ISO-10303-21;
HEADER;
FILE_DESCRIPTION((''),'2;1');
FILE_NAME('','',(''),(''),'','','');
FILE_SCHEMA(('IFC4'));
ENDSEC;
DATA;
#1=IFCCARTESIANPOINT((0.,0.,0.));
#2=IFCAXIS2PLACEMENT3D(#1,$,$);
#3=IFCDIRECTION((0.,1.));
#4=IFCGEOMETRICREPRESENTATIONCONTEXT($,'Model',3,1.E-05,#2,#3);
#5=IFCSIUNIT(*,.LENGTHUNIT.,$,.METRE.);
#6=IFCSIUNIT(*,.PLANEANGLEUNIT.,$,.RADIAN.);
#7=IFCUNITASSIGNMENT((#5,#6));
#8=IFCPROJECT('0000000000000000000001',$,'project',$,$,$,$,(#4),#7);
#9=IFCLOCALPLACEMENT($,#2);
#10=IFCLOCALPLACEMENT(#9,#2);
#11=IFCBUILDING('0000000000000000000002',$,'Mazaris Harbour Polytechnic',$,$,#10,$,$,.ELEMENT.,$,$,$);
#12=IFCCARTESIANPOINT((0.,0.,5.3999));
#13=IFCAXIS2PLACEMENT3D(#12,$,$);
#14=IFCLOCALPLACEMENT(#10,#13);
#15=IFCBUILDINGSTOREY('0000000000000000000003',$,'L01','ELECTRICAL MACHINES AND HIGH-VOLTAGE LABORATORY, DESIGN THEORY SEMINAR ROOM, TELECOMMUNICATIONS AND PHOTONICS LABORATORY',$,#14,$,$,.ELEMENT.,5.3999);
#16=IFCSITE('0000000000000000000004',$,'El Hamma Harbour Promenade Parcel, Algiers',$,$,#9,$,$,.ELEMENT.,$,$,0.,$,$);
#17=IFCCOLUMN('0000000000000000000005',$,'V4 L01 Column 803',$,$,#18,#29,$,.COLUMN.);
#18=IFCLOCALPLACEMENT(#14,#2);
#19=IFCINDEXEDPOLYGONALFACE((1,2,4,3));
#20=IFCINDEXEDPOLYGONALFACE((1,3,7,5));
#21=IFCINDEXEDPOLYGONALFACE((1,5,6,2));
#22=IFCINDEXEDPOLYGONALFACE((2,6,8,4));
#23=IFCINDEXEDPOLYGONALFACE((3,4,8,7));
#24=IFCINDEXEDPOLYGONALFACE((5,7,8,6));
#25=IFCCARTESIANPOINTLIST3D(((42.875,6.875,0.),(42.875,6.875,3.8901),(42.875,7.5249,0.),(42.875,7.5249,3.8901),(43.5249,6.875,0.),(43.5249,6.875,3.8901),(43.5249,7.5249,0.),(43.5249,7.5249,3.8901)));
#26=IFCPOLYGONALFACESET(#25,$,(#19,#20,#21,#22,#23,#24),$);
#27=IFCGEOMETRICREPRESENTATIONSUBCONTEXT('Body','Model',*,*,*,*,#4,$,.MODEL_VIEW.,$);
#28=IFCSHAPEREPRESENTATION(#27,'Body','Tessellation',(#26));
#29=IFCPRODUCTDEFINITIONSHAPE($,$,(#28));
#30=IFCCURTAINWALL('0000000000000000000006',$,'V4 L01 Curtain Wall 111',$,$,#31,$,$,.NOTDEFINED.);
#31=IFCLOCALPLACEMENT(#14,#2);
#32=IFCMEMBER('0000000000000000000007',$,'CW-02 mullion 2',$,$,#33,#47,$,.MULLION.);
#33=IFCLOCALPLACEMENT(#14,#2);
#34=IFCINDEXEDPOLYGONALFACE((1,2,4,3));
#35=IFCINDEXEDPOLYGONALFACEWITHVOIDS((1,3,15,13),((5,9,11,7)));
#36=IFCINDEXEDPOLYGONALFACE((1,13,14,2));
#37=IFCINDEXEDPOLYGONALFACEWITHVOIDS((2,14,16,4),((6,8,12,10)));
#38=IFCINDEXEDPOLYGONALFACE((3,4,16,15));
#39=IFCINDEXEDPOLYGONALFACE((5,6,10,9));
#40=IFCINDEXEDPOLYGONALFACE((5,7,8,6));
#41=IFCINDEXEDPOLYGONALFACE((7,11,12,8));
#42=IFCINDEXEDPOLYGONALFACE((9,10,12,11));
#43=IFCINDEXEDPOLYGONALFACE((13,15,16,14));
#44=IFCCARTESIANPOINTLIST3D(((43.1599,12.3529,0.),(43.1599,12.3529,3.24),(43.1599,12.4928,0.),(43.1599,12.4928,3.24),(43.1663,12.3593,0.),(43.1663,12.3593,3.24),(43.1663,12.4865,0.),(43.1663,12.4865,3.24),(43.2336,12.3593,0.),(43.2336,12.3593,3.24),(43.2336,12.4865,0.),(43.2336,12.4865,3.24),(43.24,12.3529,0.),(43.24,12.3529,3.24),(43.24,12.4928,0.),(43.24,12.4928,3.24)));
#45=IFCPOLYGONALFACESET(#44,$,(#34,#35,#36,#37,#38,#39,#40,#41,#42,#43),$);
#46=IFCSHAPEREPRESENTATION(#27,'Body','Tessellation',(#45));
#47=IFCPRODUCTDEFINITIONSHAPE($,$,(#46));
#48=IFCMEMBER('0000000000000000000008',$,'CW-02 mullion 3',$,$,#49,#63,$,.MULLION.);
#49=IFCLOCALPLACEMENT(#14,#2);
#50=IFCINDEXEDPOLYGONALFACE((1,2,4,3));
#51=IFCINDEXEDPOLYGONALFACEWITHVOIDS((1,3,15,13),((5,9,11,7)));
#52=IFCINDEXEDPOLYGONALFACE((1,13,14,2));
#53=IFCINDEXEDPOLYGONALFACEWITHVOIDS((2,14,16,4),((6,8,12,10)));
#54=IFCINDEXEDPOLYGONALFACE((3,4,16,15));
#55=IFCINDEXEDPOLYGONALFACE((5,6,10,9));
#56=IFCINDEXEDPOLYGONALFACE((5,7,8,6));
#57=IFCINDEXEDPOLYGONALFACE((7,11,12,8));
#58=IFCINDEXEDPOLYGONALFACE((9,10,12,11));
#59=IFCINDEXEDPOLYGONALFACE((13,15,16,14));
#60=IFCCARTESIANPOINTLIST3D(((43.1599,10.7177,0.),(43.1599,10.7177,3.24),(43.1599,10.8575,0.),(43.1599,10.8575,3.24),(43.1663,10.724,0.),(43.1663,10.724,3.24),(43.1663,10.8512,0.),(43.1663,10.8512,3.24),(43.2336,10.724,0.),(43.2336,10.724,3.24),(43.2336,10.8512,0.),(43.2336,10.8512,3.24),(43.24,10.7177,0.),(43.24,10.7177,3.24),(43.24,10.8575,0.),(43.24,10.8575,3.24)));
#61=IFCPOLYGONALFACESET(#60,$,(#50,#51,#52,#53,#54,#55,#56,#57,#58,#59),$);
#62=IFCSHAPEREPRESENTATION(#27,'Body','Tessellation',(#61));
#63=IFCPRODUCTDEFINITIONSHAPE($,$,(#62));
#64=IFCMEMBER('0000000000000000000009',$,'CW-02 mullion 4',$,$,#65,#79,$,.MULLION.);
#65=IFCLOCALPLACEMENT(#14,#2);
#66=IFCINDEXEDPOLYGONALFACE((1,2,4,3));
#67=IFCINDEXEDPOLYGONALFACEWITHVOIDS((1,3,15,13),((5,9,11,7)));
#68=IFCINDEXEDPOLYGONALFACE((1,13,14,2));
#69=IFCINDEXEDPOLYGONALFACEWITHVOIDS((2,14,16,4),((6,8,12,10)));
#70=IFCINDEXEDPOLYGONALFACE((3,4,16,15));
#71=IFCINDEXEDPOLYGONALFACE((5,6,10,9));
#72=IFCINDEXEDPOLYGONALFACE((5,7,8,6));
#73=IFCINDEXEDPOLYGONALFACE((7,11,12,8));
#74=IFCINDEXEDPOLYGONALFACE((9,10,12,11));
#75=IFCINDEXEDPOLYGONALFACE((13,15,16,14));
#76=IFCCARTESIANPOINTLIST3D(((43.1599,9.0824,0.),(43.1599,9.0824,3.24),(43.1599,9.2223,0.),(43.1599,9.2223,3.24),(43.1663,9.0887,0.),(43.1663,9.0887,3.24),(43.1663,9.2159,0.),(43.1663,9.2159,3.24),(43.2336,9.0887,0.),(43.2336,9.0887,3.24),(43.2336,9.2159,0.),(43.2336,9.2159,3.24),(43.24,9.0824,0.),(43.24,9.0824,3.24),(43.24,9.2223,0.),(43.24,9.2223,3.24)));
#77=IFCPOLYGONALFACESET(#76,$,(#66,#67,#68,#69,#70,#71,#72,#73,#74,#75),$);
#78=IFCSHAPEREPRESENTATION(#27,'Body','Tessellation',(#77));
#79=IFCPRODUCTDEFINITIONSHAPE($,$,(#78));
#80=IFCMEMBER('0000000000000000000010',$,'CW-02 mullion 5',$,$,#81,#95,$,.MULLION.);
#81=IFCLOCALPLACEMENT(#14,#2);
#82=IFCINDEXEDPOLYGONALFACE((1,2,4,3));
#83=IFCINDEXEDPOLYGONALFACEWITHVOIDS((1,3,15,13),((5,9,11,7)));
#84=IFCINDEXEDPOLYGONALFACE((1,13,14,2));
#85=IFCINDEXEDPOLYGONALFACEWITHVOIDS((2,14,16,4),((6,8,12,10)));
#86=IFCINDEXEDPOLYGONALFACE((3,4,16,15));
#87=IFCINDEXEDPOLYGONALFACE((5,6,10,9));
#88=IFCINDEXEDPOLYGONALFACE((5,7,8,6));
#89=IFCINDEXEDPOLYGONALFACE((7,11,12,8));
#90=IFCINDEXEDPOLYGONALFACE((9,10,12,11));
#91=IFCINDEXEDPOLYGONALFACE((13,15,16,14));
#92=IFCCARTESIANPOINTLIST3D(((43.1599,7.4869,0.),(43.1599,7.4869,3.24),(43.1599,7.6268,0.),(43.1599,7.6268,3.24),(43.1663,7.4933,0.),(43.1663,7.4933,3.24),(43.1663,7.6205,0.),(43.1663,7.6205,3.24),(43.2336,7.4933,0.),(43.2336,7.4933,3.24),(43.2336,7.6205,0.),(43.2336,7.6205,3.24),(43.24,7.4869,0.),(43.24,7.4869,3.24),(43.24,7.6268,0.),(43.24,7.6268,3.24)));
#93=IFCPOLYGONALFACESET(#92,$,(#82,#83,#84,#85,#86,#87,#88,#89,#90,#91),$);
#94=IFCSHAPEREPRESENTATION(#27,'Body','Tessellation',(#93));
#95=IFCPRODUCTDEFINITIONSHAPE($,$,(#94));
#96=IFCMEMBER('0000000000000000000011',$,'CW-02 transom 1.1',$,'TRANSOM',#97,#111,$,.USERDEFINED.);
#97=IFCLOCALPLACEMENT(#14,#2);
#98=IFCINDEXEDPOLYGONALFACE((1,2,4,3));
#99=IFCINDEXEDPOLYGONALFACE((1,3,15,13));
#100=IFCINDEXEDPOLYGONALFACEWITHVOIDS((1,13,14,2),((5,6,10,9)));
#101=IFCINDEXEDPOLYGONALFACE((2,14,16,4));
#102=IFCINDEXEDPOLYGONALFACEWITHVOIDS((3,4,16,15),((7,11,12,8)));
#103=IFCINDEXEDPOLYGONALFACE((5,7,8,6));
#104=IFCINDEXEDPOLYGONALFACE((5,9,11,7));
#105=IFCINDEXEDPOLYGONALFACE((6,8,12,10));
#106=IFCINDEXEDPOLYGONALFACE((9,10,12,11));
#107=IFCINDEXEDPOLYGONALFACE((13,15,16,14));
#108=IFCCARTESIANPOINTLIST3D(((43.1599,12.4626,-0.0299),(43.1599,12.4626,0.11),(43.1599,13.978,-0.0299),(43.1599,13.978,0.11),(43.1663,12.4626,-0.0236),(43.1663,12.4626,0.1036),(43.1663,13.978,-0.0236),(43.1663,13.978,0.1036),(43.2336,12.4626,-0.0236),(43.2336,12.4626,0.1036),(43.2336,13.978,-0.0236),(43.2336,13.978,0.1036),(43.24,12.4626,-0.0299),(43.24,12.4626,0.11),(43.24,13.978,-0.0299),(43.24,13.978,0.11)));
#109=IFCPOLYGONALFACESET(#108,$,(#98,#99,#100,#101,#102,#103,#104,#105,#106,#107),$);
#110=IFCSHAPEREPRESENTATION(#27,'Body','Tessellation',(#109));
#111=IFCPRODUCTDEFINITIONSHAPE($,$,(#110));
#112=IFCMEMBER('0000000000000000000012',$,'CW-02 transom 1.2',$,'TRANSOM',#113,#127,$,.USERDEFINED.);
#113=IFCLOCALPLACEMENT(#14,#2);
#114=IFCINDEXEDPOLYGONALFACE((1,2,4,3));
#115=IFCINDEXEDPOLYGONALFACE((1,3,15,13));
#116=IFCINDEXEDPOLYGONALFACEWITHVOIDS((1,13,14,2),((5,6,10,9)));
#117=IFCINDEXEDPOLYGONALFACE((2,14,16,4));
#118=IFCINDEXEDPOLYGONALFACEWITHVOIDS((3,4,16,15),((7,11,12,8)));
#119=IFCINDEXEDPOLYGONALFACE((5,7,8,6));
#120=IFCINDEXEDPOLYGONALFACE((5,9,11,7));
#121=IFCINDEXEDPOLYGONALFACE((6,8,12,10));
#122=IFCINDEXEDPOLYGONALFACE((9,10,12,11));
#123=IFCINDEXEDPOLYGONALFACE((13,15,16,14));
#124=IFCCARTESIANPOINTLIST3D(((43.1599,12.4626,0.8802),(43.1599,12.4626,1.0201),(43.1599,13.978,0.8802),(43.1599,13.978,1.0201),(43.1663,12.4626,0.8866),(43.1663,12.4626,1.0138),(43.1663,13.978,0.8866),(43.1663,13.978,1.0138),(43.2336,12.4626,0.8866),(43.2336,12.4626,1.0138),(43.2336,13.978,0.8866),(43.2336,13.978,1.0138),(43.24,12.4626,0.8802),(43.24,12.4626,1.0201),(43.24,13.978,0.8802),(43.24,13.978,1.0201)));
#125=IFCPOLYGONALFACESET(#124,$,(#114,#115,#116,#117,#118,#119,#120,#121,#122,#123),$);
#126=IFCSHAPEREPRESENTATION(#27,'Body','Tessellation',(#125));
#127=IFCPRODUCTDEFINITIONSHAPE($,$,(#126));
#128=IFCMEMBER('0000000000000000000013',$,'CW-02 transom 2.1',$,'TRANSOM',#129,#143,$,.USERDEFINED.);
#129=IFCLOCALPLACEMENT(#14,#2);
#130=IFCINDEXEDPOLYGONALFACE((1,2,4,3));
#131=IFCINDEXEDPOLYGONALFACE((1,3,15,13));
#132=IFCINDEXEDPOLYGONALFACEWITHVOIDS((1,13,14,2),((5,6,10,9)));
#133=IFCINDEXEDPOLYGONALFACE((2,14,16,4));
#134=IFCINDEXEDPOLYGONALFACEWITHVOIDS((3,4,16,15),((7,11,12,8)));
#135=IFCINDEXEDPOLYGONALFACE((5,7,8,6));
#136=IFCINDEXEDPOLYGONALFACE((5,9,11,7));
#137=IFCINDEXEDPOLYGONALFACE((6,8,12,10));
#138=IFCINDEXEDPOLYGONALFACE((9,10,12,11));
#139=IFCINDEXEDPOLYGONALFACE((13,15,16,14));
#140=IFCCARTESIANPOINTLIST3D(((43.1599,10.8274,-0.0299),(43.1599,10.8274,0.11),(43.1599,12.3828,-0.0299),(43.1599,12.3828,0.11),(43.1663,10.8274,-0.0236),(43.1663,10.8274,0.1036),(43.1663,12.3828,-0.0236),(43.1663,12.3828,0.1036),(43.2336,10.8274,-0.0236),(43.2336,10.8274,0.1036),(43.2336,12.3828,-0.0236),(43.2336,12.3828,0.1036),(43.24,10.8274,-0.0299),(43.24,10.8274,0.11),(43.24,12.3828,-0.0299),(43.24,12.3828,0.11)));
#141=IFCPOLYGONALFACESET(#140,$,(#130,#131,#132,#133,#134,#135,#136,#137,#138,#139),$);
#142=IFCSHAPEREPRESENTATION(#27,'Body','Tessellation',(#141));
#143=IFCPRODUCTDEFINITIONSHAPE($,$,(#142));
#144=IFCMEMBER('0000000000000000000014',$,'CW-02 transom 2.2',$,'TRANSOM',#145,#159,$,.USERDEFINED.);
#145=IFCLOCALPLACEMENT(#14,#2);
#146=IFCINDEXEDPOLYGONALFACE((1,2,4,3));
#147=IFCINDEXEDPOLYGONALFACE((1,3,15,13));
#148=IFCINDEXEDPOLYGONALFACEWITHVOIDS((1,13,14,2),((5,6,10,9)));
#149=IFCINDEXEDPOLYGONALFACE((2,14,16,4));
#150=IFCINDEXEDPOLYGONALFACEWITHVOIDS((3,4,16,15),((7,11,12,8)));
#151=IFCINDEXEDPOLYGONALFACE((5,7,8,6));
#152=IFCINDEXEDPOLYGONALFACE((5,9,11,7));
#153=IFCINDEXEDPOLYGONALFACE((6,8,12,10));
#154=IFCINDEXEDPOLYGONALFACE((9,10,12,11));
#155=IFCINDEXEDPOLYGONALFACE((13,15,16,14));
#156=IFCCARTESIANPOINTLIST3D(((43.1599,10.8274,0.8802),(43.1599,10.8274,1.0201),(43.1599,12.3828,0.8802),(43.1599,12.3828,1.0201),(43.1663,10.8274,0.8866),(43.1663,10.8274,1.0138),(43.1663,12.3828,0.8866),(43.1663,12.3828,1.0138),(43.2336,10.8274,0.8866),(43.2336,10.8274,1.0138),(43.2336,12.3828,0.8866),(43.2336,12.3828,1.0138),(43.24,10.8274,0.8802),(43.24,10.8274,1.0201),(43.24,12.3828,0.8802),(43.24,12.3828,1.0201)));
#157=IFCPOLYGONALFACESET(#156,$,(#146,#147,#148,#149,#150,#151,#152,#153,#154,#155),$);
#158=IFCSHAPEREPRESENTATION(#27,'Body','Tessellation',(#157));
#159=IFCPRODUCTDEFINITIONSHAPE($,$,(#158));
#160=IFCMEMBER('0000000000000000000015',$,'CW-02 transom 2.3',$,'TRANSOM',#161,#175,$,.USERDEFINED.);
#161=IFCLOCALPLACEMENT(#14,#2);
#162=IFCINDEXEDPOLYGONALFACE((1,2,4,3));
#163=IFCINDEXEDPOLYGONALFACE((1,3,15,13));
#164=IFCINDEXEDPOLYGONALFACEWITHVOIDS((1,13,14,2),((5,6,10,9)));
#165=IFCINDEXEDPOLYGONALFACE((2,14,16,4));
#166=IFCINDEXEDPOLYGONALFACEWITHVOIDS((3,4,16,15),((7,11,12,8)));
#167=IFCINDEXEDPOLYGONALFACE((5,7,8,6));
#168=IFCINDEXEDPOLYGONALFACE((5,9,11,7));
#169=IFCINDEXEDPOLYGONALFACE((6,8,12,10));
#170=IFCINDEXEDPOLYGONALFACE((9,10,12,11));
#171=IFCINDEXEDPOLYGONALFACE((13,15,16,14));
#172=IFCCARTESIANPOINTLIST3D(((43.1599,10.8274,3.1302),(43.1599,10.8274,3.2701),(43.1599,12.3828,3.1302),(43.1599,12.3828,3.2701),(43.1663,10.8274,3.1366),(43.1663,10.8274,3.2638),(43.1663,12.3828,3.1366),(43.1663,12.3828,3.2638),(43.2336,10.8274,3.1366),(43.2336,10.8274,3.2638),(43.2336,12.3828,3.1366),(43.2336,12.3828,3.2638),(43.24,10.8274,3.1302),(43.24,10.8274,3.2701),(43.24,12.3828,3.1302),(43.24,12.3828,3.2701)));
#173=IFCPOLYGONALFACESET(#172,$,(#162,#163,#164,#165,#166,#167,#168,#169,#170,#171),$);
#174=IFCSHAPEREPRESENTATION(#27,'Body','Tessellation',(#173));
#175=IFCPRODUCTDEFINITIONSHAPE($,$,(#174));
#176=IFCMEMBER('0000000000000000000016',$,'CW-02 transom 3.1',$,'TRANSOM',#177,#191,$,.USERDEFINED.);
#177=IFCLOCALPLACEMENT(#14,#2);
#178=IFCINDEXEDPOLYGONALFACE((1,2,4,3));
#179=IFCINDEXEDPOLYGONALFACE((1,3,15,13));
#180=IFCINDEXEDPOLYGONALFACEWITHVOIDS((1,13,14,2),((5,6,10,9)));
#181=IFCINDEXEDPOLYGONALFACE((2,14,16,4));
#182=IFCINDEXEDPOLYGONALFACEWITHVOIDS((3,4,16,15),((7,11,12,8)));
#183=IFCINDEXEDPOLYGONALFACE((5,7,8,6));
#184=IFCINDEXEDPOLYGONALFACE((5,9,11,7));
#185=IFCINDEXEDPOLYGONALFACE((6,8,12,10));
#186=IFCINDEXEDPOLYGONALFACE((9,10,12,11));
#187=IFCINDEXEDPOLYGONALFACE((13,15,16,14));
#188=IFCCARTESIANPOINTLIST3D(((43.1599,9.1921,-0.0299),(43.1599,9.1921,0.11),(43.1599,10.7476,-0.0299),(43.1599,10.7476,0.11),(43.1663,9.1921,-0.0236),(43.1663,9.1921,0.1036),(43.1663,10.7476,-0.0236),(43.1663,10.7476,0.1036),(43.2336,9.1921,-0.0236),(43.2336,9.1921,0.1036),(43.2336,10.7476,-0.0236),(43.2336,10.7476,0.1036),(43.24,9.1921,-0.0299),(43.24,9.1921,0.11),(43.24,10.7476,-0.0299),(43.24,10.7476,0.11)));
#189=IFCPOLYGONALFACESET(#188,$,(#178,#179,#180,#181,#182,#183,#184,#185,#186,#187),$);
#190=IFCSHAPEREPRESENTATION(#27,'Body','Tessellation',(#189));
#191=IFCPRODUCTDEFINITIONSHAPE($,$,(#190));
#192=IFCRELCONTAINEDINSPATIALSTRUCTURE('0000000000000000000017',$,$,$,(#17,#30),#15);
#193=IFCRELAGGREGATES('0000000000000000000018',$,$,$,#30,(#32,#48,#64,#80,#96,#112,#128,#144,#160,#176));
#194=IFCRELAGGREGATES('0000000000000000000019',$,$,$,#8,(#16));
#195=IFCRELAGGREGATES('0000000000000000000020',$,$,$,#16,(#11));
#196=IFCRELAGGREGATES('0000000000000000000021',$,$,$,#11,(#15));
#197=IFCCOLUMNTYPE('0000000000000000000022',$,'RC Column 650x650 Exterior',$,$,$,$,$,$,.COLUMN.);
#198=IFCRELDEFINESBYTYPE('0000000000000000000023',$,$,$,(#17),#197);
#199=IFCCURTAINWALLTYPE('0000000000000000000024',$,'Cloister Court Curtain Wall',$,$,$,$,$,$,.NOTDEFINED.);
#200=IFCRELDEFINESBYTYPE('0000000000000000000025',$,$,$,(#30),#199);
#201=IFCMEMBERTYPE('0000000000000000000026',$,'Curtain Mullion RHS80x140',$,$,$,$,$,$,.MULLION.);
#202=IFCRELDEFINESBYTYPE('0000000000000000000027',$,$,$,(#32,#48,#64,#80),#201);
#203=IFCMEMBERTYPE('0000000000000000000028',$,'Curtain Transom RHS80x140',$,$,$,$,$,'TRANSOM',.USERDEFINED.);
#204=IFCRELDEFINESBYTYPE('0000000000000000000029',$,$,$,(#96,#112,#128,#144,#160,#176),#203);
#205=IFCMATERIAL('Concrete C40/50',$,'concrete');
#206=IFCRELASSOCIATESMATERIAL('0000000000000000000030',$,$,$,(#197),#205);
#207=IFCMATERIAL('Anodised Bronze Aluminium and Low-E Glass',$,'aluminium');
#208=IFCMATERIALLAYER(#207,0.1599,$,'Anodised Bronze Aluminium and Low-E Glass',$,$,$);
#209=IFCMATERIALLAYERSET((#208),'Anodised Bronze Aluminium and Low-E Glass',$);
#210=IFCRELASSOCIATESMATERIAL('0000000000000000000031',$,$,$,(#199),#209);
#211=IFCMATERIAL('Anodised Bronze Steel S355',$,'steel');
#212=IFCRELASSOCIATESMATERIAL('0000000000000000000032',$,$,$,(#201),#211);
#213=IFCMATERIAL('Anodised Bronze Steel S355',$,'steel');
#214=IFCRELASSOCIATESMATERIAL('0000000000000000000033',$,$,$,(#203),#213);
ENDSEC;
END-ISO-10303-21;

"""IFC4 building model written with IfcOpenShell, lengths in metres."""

from ifc_helpers import new_model, si_unit, direction, frame, origin, origin_2d, place, context, subcontext, project, spatial, rectangle, hollow_rectangle, extrude, material, layer, layer_set, material_profile, profile_set, type_object, element, aggregate, save


model = new_model("IFC4")

# Units and contexts
model_context = context("Model", 3, precision=1e-05, world=origin(), true_north=direction((0.0, 1.0)))
body_context = subcontext(model_context, "Body", "Model", "MODEL_VIEW")
ifc_project = project(units=[si_unit("LENGTHUNIT", "METRE"), si_unit("PLANEANGLEUNIT", "RADIAN")], contexts=[model_context])

# Site, building, storey
site_placement = place(None, origin())
site = spatial("IfcSite", under=ifc_project, at=site_placement, Name="El Hamma Harbour Promenade Parcel, Algiers", CompositionType="ELEMENT", RefElevation=0.0)
building_placement = place(site_placement, origin())
building = spatial("IfcBuilding", under=site, at=building_placement, Name="Mazaris Harbour Polytechnic", CompositionType="ELEMENT")
storey_placement = place(building_placement, frame((0.0, 0.0, 5.3999)))
storey = spatial("IfcBuildingStorey", under=building, at=storey_placement, Name="L01", Description="ELECTRICAL MACHINES AND HIGH-VOLTAGE LABORATORY, DESIGN THEORY SEMINAR ROOM, TELECOMMUNICATIONS AND PHOTONICS LABORATORY", CompositionType="ELEMENT", Elevation=5.3999)

# Column
ifc_material_1 = material(Name="Concrete C40/50", Category="concrete")
ifc_material_profile_1 = material_profile(ifc_material_1, rectangle(XDim=0.6499, YDim=0.6499, at=origin_2d()), Name="RECT650x650")
ifc_profile_set_1 = profile_set([ifc_material_profile_1], Name="Concrete C40/50")
column_type = type_object("IfcColumnType", Name="RC Column 650x650 Exterior", PredefinedType="COLUMN", material=ifc_profile_set_1)
column_placement = place(storey_placement, frame((43.2, 7.2, 0.0), z_axis=(0.0, 0.0, 1.0), x_axis=(1.0, 0.0, 0.0)))
element("IfcColumn", 1, at=column_placement, inside=storey, type_object=column_type, Name="V4 L01 Column 803", PredefinedType="COLUMN", context=body_context, shape_type="SweptSolid", body=[
    extrude(rectangle(XDim=0.6499, YDim=0.6499, at=origin_2d()), origin(), (0.0, 0.0, 1.0), 3.8901),
])

# Curtain wall, members
ifc_material_2 = material(Name="Anodised Bronze Aluminium and Low-E Glass", Category="aluminium")
ifc_layer_1 = layer(ifc_material_2, 0.1599, Name="Anodised Bronze Aluminium and Low-E Glass")
ifc_layer_set_1 = layer_set([ifc_layer_1], Name="Anodised Bronze Aluminium and Low-E Glass")
curtain_wall_type = type_object("IfcCurtainWallType", Name="Cloister Court Curtain Wall", PredefinedType="NOTDEFINED", material=ifc_layer_set_1)
curtain_wall_placement = place(storey_placement, origin())
curtain_wall = element("IfcCurtainWall", 2, at=curtain_wall_placement, inside=storey, type_object=curtain_wall_type, Name="V4 L01 Curtain Wall 111", PredefinedType="NOTDEFINED")
ifc_material_3 = material(Name="Anodised Bronze Steel S355", Category="steel")
ifc_material_profile_2 = material_profile(ifc_material_3, hollow_rectangle(XDim=0.0801, YDim=0.1399, WallThickness=0.0063, at=origin_2d()), Name="RHS 80x140x6.3")
ifc_profile_set_2 = profile_set([ifc_material_profile_2], Name="Anodised Bronze Steel S355")
member_type_1 = type_object("IfcMemberType", Name="Curtain Mullion RHS80x140", PredefinedType="MULLION", material=ifc_profile_set_2)
member_1_placement = place(storey_placement, frame((43.2, 12.4229, 0.0), z_axis=(0.0, 0.0, 1.0), x_axis=(1.0, 0.0, 0.0)))
member_1 = element("IfcMember", 3, at=member_1_placement, type_object=member_type_1, Name="CW-02 mullion 2", PredefinedType="MULLION", context=body_context, shape_type="SweptSolid", body=[
    extrude(hollow_rectangle(XDim=0.0801, YDim=0.1399, WallThickness=0.0063, at=origin_2d()), origin(), (0.0, 0.0, 1.0), 3.24),
])
member_2_placement = place(storey_placement, frame((43.2, 10.7876, 0.0), z_axis=(0.0, 0.0, 1.0), x_axis=(1.0, 0.0, 0.0)))
member_2 = element("IfcMember", 4, at=member_2_placement, type_object=member_type_1, Name="CW-02 mullion 3", PredefinedType="MULLION", context=body_context, shape_type="SweptSolid", body=[
    extrude(hollow_rectangle(XDim=0.0801, YDim=0.1399, WallThickness=0.0063, at=origin_2d()), origin(), (0.0, 0.0, 1.0), 3.24),
])
member_3_placement = place(storey_placement, frame((43.2, 9.1523, 0.0), z_axis=(0.0, 0.0, 1.0), x_axis=(1.0, 0.0, 0.0)))
member_3 = element("IfcMember", 5, at=member_3_placement, type_object=member_type_1, Name="CW-02 mullion 4", PredefinedType="MULLION", context=body_context, shape_type="SweptSolid", body=[
    extrude(hollow_rectangle(XDim=0.0801, YDim=0.1399, WallThickness=0.0063, at=origin_2d()), origin(), (0.0, 0.0, 1.0), 3.24),
])
member_4_placement = place(storey_placement, frame((43.2, 7.5569, 0.0), z_axis=(0.0, 0.0, 1.0), x_axis=(1.0, 0.0, 0.0)))
member_4 = element("IfcMember", 6, at=member_4_placement, type_object=member_type_1, Name="CW-02 mullion 5", PredefinedType="MULLION", context=body_context, shape_type="SweptSolid", body=[
    extrude(hollow_rectangle(XDim=0.0801, YDim=0.1399, WallThickness=0.0063, at=origin_2d()), origin(), (0.0, 0.0, 1.0), 3.24),
])
ifc_material_4 = material(Name="Anodised Bronze Steel S355", Category="steel")
ifc_material_profile_3 = material_profile(ifc_material_4, hollow_rectangle(XDim=0.0801, YDim=0.1399, WallThickness=0.0063, at=origin_2d()), Name="RHS 80x140x6.3")
ifc_profile_set_3 = profile_set([ifc_material_profile_3], Name="Anodised Bronze Steel S355")
member_type_2 = type_object("IfcMemberType", Name="Curtain Transom RHS80x140", ElementType="TRANSOM", PredefinedType="USERDEFINED", material=ifc_profile_set_3)
member_5_placement = place(storey_placement, frame((43.2, 13.978, 0.04), z_axis=(0.0, -1.0, 0.0), x_axis=(1.0, 0.0, 0.0)))
member_5 = element("IfcMember", 7, at=member_5_placement, type_object=member_type_2, Name="CW-02 transom 1.1", ObjectType="TRANSOM", PredefinedType="USERDEFINED", context=body_context, shape_type="SweptSolid", body=[
    extrude(hollow_rectangle(XDim=0.0801, YDim=0.1399, WallThickness=0.0063, at=origin_2d()), origin(), (0.0, 0.0, 1.0), 1.5154),
])
member_6_placement = place(storey_placement, frame((43.2, 13.978, 0.9502), z_axis=(0.0, -1.0, 0.0), x_axis=(1.0, 0.0, 0.0)))
member_6 = element("IfcMember", 8, at=member_6_placement, type_object=member_type_2, Name="CW-02 transom 1.2", ObjectType="TRANSOM", PredefinedType="USERDEFINED", context=body_context, shape_type="SweptSolid", body=[
    extrude(hollow_rectangle(XDim=0.0801, YDim=0.1399, WallThickness=0.0063, at=origin_2d()), origin(), (0.0, 0.0, 1.0), 1.5154),
])
member_7_placement = place(storey_placement, frame((43.2, 12.3828, 0.04), z_axis=(0.0, -1.0, 0.0), x_axis=(1.0, 0.0, 0.0)))
member_7 = element("IfcMember", 9, at=member_7_placement, type_object=member_type_2, Name="CW-02 transom 2.1", ObjectType="TRANSOM", PredefinedType="USERDEFINED", context=body_context, shape_type="SweptSolid", body=[
    extrude(hollow_rectangle(XDim=0.0801, YDim=0.1399, WallThickness=0.0063, at=origin_2d()), origin(), (0.0, 0.0, 1.0), 1.5554),
])
member_8_placement = place(storey_placement, frame((43.2, 12.3828, 0.9502), z_axis=(0.0, -1.0, 0.0), x_axis=(1.0, 0.0, 0.0)))
member_8 = element("IfcMember", 10, at=member_8_placement, type_object=member_type_2, Name="CW-02 transom 2.2", ObjectType="TRANSOM", PredefinedType="USERDEFINED", context=body_context, shape_type="SweptSolid", body=[
    extrude(hollow_rectangle(XDim=0.0801, YDim=0.1399, WallThickness=0.0063, at=origin_2d()), origin(), (0.0, 0.0, 1.0), 1.5554),
])
member_9_placement = place(storey_placement, frame((43.2, 12.3828, 3.2002), z_axis=(0.0, -1.0, 0.0), x_axis=(1.0, 0.0, 0.0)))
member_9 = element("IfcMember", 11, at=member_9_placement, type_object=member_type_2, Name="CW-02 transom 2.3", ObjectType="TRANSOM", PredefinedType="USERDEFINED", context=body_context, shape_type="SweptSolid", body=[
    extrude(hollow_rectangle(XDim=0.0801, YDim=0.1399, WallThickness=0.0063, at=origin_2d()), origin(), (0.0, 0.0, 1.0), 1.5554),
])
member_10_placement = place(storey_placement, frame((43.2, 10.7476, 0.04), z_axis=(0.0, -1.0, 0.0), x_axis=(1.0, 0.0, 0.0)))
member_10 = element("IfcMember", 12, at=member_10_placement, type_object=member_type_2, Name="CW-02 transom 3.1", ObjectType="TRANSOM", PredefinedType="USERDEFINED", context=body_context, shape_type="SweptSolid", body=[
    extrude(hollow_rectangle(XDim=0.0801, YDim=0.1399, WallThickness=0.0063, at=origin_2d()), origin(), (0.0, 0.0, 1.0), 1.5554),
])

aggregate(curtain_wall, [member_1, member_2, member_3, member_4, member_5, member_6, member_7, member_8, member_9, member_10])

save(model, "model.ifc")
